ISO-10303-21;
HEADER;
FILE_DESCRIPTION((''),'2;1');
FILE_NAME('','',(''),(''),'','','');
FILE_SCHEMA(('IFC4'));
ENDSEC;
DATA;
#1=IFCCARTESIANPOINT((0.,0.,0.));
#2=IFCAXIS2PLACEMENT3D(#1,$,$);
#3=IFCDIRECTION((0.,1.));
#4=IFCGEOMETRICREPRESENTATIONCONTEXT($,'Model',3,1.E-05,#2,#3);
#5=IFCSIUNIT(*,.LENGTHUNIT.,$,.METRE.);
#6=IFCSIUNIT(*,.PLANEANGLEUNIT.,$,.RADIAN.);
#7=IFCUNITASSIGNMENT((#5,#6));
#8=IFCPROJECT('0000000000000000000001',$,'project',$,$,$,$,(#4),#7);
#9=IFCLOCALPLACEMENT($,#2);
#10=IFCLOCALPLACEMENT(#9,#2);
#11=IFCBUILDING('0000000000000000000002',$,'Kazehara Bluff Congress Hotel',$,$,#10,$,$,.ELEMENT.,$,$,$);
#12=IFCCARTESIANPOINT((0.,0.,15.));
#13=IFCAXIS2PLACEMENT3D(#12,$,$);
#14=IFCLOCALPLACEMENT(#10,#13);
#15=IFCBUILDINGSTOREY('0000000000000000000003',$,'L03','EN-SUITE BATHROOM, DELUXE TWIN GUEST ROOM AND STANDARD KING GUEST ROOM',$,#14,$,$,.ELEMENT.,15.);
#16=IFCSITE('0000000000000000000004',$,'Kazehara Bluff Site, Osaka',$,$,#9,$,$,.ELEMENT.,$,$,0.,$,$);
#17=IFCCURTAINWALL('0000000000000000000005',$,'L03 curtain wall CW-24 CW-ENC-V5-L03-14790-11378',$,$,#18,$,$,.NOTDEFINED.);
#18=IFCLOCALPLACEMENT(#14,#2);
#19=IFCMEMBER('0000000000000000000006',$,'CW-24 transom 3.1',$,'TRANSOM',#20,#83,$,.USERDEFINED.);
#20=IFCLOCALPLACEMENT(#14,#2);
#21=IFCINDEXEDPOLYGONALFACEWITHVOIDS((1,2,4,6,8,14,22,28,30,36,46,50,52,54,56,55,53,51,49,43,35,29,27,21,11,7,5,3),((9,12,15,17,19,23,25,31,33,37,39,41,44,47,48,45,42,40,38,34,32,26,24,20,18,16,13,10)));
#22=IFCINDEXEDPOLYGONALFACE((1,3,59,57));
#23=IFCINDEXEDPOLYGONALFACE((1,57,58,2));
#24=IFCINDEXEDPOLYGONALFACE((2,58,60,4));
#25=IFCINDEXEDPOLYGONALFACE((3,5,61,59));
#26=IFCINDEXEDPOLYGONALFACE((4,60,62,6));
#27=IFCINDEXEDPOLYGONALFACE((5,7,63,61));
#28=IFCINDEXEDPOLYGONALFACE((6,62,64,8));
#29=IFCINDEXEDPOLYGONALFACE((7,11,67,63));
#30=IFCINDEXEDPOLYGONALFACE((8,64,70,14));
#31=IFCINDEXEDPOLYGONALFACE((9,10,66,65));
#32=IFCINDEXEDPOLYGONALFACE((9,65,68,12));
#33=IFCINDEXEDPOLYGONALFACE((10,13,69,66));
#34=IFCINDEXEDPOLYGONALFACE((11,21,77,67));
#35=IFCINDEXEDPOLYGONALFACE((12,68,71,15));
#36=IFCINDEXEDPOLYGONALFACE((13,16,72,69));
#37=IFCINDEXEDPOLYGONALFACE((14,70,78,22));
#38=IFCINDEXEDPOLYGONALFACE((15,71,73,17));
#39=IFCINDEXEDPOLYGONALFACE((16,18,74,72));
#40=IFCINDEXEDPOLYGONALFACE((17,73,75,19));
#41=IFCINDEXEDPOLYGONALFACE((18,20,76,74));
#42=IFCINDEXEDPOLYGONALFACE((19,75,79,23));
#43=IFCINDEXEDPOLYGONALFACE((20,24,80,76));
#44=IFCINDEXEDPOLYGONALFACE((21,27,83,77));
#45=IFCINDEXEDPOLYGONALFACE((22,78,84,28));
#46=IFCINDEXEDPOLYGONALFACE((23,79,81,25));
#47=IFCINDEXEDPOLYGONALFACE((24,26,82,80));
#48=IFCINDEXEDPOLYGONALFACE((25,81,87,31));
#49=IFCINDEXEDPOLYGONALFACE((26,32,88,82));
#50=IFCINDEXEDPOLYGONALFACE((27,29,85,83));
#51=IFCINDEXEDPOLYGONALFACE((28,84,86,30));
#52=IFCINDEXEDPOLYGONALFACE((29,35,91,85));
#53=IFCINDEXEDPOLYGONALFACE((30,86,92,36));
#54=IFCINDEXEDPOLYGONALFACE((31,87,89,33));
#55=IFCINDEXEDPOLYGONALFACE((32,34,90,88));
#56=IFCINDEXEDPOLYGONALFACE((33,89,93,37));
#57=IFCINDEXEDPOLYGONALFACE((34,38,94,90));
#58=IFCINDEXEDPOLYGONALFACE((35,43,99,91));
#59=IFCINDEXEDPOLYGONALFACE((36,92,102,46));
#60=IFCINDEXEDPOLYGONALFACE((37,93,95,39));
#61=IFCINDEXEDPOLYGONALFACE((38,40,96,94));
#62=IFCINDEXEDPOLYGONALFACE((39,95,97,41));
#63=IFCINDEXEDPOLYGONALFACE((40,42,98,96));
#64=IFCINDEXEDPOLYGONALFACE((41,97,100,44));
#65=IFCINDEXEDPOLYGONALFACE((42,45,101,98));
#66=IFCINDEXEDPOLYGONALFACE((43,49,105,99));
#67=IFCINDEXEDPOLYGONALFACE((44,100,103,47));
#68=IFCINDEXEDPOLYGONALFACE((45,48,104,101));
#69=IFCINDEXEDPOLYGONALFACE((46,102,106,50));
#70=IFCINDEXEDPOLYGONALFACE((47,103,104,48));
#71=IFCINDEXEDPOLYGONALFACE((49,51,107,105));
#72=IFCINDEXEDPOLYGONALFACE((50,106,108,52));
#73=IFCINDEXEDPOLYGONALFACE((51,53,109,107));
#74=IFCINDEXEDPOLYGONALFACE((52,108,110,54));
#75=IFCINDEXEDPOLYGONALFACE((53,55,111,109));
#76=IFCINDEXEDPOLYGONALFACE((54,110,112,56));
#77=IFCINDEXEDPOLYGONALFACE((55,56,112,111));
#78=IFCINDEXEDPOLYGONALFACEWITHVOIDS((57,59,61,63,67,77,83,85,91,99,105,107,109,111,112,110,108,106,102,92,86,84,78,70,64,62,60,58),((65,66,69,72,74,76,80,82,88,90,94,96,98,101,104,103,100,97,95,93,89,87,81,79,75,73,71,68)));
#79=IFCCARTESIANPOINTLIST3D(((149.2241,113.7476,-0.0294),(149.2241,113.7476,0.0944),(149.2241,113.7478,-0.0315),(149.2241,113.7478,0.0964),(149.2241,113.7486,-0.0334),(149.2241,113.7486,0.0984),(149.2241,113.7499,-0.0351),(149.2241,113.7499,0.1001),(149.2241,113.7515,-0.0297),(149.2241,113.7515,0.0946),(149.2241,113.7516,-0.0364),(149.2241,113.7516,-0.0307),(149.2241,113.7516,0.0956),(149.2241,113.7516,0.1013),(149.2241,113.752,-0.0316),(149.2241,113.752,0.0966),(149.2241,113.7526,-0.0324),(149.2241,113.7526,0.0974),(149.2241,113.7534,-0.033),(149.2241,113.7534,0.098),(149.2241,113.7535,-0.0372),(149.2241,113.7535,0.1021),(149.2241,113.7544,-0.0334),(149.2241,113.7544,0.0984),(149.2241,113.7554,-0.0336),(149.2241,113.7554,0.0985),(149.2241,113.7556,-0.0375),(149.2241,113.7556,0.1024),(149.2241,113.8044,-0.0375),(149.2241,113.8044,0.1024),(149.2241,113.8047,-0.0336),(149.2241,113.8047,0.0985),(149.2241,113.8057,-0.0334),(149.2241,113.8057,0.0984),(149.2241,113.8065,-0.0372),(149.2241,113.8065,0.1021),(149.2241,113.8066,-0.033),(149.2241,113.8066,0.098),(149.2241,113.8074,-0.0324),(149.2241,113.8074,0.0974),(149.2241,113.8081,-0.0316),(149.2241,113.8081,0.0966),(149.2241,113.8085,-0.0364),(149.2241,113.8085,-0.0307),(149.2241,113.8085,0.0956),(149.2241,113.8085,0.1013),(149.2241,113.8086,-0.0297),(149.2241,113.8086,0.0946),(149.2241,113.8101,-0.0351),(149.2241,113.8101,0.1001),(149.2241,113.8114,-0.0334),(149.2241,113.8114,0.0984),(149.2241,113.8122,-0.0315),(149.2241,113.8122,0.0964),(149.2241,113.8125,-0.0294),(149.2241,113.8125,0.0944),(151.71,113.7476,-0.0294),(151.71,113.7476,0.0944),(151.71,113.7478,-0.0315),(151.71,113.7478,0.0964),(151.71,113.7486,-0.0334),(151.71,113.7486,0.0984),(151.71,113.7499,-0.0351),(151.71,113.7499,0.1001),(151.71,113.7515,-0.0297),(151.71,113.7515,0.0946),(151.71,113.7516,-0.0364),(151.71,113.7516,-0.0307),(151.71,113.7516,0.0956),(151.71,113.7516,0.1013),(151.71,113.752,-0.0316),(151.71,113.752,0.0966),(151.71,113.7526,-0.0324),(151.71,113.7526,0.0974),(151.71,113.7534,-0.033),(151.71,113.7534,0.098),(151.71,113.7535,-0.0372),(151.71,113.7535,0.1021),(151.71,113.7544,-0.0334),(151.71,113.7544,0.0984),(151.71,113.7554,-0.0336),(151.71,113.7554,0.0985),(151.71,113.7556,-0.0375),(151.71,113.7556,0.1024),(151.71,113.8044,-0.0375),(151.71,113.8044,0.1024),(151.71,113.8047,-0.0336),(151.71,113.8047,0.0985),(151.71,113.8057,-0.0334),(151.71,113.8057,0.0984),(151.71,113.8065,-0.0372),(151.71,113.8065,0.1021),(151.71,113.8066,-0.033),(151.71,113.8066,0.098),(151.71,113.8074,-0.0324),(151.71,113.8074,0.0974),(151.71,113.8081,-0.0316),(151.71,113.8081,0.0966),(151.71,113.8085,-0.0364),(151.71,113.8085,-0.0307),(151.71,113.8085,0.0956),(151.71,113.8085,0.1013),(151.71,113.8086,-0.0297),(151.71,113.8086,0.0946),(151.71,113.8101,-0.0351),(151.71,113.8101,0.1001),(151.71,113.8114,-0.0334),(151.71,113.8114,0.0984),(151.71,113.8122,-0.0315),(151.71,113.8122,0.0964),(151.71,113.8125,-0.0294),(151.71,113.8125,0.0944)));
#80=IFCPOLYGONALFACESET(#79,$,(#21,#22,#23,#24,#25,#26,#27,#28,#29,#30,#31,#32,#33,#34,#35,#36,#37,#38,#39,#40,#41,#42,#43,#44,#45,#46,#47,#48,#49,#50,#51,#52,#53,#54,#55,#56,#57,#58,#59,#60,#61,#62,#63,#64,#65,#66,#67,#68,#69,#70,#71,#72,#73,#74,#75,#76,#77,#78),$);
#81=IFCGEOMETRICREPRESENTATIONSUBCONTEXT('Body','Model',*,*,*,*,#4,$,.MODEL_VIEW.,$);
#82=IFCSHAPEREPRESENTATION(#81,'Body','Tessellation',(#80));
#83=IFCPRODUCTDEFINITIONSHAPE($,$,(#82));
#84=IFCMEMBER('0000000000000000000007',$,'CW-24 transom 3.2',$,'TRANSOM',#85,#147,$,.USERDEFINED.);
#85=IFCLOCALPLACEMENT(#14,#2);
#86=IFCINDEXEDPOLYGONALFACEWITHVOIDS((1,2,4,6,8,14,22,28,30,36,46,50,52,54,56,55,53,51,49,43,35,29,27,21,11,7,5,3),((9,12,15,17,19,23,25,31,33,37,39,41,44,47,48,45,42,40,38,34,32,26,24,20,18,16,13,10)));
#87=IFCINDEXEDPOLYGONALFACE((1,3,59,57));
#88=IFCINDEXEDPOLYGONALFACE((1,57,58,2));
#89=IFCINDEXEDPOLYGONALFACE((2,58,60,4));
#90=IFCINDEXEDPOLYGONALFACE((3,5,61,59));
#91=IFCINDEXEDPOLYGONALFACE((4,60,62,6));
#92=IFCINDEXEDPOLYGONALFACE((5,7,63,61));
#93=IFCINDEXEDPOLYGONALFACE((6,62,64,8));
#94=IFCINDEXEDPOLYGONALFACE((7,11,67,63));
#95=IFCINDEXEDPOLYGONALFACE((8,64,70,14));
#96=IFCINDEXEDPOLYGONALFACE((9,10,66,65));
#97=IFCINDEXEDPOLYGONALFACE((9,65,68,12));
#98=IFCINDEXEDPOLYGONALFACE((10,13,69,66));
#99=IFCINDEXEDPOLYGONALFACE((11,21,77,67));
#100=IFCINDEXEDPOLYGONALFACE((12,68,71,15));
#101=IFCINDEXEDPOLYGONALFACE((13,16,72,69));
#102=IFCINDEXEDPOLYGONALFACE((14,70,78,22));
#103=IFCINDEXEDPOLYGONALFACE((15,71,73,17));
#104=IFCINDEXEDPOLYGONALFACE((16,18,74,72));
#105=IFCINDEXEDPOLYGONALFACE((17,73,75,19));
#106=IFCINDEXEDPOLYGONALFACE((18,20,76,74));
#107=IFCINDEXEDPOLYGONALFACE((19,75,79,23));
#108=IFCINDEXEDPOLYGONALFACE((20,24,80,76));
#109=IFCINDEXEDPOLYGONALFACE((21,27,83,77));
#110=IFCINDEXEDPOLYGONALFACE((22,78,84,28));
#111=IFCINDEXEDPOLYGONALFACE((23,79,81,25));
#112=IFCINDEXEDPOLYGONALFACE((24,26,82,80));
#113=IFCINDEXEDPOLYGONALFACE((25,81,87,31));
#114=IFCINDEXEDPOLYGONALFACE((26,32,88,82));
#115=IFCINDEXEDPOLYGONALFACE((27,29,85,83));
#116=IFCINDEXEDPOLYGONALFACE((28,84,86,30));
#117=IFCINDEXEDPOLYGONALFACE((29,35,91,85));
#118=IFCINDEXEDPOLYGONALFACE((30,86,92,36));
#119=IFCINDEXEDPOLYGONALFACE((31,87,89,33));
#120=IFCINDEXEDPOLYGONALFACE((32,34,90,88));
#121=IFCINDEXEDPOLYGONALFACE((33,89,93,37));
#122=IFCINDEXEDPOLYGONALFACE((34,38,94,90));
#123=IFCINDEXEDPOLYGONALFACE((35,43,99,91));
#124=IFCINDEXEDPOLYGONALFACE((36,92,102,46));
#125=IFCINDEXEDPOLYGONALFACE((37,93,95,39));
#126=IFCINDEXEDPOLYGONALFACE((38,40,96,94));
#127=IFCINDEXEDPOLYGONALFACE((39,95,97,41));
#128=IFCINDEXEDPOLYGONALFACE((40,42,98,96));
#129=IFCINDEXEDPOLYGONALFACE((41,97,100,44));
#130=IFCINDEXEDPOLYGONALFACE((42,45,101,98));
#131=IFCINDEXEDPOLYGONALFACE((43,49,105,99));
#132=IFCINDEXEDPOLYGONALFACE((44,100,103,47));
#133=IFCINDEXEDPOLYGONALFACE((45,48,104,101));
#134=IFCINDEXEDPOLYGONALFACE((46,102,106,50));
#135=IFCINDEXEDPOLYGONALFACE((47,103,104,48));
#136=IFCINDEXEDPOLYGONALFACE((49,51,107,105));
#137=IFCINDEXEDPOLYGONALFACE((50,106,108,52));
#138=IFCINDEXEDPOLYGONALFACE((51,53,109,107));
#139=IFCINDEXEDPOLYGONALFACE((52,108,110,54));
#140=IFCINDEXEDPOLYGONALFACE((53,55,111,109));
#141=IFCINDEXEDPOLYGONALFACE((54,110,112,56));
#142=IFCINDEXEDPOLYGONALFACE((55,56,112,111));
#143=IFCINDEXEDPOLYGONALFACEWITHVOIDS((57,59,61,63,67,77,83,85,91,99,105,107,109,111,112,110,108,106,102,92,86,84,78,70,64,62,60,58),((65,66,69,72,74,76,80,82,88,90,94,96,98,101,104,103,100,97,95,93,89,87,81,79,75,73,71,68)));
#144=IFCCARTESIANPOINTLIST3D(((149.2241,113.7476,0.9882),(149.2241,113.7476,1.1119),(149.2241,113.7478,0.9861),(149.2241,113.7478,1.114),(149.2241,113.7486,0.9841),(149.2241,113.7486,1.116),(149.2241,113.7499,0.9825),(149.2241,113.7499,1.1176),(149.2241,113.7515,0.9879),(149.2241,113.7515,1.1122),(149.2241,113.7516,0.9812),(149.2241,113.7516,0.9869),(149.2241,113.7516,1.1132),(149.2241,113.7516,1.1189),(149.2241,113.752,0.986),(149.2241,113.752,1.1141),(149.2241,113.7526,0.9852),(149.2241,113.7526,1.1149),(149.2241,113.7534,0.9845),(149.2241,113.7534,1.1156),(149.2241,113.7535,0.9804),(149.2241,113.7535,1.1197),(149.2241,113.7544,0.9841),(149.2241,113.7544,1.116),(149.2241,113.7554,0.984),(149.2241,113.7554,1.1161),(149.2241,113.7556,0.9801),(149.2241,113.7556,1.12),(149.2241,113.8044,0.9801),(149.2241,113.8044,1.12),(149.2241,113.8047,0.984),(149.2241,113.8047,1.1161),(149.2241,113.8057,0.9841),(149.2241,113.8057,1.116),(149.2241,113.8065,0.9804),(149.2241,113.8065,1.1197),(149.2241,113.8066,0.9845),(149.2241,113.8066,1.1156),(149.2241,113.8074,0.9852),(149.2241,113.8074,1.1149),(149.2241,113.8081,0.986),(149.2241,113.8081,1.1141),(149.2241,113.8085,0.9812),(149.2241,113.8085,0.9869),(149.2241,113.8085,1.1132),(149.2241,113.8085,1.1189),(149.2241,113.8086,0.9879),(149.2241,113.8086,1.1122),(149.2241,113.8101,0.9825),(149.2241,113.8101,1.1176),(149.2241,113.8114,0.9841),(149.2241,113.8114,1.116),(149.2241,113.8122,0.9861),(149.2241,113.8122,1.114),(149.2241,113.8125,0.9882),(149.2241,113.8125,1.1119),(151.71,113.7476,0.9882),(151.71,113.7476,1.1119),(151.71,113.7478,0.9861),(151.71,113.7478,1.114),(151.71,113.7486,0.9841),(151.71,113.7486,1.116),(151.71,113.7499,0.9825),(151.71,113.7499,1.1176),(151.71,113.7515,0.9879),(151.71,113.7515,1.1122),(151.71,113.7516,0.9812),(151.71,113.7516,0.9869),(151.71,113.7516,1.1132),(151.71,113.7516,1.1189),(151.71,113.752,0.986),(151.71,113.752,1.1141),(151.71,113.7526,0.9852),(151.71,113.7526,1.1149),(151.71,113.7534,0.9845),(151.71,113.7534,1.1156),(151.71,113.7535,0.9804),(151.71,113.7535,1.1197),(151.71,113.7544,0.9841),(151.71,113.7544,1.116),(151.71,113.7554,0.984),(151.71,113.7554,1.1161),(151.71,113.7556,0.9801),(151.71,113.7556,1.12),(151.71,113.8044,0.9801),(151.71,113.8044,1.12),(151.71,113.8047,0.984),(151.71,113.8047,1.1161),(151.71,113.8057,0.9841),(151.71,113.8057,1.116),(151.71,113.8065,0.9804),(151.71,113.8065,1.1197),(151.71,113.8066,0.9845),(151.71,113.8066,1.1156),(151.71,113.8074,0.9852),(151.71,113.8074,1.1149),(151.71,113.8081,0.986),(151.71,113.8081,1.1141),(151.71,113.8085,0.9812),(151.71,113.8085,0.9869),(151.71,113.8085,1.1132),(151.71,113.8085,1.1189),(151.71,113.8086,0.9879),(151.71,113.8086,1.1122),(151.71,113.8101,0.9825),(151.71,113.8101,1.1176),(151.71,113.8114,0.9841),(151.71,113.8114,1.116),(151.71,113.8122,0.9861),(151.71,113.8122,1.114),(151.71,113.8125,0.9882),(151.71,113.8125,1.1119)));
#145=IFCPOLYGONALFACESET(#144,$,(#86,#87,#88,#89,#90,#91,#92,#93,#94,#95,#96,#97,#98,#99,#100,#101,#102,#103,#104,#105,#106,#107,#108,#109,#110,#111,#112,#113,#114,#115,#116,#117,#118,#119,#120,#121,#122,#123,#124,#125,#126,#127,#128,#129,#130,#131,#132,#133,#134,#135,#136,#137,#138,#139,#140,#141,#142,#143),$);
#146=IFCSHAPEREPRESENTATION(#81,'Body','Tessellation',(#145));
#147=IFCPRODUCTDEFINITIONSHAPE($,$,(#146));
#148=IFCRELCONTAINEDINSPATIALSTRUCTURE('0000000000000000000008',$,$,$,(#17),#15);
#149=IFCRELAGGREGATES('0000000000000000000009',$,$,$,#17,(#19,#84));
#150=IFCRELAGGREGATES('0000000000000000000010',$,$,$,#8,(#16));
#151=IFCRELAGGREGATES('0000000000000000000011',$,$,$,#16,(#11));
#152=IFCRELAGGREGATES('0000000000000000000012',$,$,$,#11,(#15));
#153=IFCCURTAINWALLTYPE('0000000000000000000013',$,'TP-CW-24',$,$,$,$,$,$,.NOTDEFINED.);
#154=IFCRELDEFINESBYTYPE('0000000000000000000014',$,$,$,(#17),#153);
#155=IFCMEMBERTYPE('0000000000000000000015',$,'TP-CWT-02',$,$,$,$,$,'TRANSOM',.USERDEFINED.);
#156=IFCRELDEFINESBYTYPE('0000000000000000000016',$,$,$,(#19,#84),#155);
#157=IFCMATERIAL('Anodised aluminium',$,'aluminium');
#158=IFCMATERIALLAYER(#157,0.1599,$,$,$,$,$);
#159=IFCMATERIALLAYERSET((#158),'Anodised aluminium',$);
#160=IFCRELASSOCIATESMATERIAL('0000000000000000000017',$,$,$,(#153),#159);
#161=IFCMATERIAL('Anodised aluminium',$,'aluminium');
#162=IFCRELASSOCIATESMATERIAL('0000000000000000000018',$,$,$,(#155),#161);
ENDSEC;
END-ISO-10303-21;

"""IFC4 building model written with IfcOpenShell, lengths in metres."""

from ifc_helpers import new_model, si_unit, direction, frame, origin, origin_2d, place, context, subcontext, project, spatial, hollow_rectangle, extrude, material, layer, layer_set, material_profile, profile_set, type_object, element, aggregate, save


model = new_model("IFC4")

# Units and contexts
model_context = context("Model", 3, precision=1e-05, world=origin(), true_north=direction((0.0, 1.0)))
body_context = subcontext(model_context, "Body", "Model", "MODEL_VIEW")
ifc_project = project(units=[si_unit("LENGTHUNIT", "METRE"), si_unit("PLANEANGLEUNIT", "RADIAN")], contexts=[model_context])

# Site, building, storey
site_placement = place(None, origin())
site = spatial("IfcSite", under=ifc_project, at=site_placement, Name="Kazehara Bluff Site, Osaka", CompositionType="ELEMENT", RefElevation=0.0)
building_placement = place(site_placement, origin())
building = spatial("IfcBuilding", under=site, at=building_placement, Name="Kazehara Bluff Congress Hotel", CompositionType="ELEMENT")
storey_placement = place(building_placement, frame((0.0, 0.0, 15.0)))
storey = spatial("IfcBuildingStorey", under=building, at=storey_placement, Name="L03", Description="EN-SUITE BATHROOM, DELUXE TWIN GUEST ROOM AND STANDARD KING GUEST ROOM", CompositionType="ELEMENT", Elevation=15.0)

# Curtain wall, members
ifc_material_1 = material(Name="Anodised aluminium", Category="aluminium")
ifc_layer_1 = layer(ifc_material_1, 0.1599)
ifc_layer_set_1 = layer_set([ifc_layer_1], Name="Anodised aluminium")
curtain_wall_type = type_object("IfcCurtainWallType", Name="TP-CW-24", PredefinedType="NOTDEFINED", material=ifc_layer_set_1)
curtain_wall_placement = place(storey_placement, origin())
curtain_wall = element("IfcCurtainWall", 1, at=curtain_wall_placement, inside=storey, type_object=curtain_wall_type, Name="L03 curtain wall CW-24 CW-ENC-V5-L03-14790-11378", PredefinedType="NOTDEFINED")
ifc_material_2 = material(Name="Anodised aluminium", Category="aluminium")
ifc_material_profile_1 = material_profile(ifc_material_2, hollow_rectangle(XDim=0.0649, YDim=0.1399, WallThickness=0.0039, InnerFilletRadius=0.0039, OuterFilletRadius=0.0081, at=origin_2d()))
ifc_profile_set_1 = profile_set([ifc_material_profile_1], Name="Anodised aluminium")
member_type_1 = type_object("IfcMemberType", Name="TP-CWT-02", ElementType="TRANSOM", PredefinedType="USERDEFINED", material=ifc_profile_set_1)
member_1_placement = place(storey_placement, frame((149.2241, 113.78, 0.0325), z_axis=(1.0, 0.0, 0.0), x_axis=(0.0, 1.0, 0.0)))
member_1 = element("IfcMember", 2, at=member_1_placement, type_object=member_type_1, Name="CW-24 transom 3.1", ObjectType="TRANSOM", PredefinedType="USERDEFINED", context=body_context, shape_type="SweptSolid", body=[
    extrude(hollow_rectangle(XDim=0.0649, YDim=0.1399, WallThickness=0.0039, InnerFilletRadius=0.0039, OuterFilletRadius=0.0081, at=origin_2d()), origin(), (0.0, 0.0, 1.0), 2.4858),
])
member_2_placement = place(storey_placement, frame((149.2241, 113.78, 1.05), z_axis=(1.0, 0.0, 0.0), x_axis=(0.0, 1.0, 0.0)))
member_2 = element("IfcMember", 3, at=member_2_placement, type_object=member_type_1, Name="CW-24 transom 3.2", ObjectType="TRANSOM", PredefinedType="USERDEFINED", context=body_context, shape_type="SweptSolid", body=[
    extrude(hollow_rectangle(XDim=0.0649, YDim=0.1399, WallThickness=0.0039, InnerFilletRadius=0.0039, OuterFilletRadius=0.0081, at=origin_2d()), origin(), (0.0, 0.0, 1.0), 2.4858),
])

aggregate(curtain_wall, [member_1, member_2])

save(model, "model.ifc")
